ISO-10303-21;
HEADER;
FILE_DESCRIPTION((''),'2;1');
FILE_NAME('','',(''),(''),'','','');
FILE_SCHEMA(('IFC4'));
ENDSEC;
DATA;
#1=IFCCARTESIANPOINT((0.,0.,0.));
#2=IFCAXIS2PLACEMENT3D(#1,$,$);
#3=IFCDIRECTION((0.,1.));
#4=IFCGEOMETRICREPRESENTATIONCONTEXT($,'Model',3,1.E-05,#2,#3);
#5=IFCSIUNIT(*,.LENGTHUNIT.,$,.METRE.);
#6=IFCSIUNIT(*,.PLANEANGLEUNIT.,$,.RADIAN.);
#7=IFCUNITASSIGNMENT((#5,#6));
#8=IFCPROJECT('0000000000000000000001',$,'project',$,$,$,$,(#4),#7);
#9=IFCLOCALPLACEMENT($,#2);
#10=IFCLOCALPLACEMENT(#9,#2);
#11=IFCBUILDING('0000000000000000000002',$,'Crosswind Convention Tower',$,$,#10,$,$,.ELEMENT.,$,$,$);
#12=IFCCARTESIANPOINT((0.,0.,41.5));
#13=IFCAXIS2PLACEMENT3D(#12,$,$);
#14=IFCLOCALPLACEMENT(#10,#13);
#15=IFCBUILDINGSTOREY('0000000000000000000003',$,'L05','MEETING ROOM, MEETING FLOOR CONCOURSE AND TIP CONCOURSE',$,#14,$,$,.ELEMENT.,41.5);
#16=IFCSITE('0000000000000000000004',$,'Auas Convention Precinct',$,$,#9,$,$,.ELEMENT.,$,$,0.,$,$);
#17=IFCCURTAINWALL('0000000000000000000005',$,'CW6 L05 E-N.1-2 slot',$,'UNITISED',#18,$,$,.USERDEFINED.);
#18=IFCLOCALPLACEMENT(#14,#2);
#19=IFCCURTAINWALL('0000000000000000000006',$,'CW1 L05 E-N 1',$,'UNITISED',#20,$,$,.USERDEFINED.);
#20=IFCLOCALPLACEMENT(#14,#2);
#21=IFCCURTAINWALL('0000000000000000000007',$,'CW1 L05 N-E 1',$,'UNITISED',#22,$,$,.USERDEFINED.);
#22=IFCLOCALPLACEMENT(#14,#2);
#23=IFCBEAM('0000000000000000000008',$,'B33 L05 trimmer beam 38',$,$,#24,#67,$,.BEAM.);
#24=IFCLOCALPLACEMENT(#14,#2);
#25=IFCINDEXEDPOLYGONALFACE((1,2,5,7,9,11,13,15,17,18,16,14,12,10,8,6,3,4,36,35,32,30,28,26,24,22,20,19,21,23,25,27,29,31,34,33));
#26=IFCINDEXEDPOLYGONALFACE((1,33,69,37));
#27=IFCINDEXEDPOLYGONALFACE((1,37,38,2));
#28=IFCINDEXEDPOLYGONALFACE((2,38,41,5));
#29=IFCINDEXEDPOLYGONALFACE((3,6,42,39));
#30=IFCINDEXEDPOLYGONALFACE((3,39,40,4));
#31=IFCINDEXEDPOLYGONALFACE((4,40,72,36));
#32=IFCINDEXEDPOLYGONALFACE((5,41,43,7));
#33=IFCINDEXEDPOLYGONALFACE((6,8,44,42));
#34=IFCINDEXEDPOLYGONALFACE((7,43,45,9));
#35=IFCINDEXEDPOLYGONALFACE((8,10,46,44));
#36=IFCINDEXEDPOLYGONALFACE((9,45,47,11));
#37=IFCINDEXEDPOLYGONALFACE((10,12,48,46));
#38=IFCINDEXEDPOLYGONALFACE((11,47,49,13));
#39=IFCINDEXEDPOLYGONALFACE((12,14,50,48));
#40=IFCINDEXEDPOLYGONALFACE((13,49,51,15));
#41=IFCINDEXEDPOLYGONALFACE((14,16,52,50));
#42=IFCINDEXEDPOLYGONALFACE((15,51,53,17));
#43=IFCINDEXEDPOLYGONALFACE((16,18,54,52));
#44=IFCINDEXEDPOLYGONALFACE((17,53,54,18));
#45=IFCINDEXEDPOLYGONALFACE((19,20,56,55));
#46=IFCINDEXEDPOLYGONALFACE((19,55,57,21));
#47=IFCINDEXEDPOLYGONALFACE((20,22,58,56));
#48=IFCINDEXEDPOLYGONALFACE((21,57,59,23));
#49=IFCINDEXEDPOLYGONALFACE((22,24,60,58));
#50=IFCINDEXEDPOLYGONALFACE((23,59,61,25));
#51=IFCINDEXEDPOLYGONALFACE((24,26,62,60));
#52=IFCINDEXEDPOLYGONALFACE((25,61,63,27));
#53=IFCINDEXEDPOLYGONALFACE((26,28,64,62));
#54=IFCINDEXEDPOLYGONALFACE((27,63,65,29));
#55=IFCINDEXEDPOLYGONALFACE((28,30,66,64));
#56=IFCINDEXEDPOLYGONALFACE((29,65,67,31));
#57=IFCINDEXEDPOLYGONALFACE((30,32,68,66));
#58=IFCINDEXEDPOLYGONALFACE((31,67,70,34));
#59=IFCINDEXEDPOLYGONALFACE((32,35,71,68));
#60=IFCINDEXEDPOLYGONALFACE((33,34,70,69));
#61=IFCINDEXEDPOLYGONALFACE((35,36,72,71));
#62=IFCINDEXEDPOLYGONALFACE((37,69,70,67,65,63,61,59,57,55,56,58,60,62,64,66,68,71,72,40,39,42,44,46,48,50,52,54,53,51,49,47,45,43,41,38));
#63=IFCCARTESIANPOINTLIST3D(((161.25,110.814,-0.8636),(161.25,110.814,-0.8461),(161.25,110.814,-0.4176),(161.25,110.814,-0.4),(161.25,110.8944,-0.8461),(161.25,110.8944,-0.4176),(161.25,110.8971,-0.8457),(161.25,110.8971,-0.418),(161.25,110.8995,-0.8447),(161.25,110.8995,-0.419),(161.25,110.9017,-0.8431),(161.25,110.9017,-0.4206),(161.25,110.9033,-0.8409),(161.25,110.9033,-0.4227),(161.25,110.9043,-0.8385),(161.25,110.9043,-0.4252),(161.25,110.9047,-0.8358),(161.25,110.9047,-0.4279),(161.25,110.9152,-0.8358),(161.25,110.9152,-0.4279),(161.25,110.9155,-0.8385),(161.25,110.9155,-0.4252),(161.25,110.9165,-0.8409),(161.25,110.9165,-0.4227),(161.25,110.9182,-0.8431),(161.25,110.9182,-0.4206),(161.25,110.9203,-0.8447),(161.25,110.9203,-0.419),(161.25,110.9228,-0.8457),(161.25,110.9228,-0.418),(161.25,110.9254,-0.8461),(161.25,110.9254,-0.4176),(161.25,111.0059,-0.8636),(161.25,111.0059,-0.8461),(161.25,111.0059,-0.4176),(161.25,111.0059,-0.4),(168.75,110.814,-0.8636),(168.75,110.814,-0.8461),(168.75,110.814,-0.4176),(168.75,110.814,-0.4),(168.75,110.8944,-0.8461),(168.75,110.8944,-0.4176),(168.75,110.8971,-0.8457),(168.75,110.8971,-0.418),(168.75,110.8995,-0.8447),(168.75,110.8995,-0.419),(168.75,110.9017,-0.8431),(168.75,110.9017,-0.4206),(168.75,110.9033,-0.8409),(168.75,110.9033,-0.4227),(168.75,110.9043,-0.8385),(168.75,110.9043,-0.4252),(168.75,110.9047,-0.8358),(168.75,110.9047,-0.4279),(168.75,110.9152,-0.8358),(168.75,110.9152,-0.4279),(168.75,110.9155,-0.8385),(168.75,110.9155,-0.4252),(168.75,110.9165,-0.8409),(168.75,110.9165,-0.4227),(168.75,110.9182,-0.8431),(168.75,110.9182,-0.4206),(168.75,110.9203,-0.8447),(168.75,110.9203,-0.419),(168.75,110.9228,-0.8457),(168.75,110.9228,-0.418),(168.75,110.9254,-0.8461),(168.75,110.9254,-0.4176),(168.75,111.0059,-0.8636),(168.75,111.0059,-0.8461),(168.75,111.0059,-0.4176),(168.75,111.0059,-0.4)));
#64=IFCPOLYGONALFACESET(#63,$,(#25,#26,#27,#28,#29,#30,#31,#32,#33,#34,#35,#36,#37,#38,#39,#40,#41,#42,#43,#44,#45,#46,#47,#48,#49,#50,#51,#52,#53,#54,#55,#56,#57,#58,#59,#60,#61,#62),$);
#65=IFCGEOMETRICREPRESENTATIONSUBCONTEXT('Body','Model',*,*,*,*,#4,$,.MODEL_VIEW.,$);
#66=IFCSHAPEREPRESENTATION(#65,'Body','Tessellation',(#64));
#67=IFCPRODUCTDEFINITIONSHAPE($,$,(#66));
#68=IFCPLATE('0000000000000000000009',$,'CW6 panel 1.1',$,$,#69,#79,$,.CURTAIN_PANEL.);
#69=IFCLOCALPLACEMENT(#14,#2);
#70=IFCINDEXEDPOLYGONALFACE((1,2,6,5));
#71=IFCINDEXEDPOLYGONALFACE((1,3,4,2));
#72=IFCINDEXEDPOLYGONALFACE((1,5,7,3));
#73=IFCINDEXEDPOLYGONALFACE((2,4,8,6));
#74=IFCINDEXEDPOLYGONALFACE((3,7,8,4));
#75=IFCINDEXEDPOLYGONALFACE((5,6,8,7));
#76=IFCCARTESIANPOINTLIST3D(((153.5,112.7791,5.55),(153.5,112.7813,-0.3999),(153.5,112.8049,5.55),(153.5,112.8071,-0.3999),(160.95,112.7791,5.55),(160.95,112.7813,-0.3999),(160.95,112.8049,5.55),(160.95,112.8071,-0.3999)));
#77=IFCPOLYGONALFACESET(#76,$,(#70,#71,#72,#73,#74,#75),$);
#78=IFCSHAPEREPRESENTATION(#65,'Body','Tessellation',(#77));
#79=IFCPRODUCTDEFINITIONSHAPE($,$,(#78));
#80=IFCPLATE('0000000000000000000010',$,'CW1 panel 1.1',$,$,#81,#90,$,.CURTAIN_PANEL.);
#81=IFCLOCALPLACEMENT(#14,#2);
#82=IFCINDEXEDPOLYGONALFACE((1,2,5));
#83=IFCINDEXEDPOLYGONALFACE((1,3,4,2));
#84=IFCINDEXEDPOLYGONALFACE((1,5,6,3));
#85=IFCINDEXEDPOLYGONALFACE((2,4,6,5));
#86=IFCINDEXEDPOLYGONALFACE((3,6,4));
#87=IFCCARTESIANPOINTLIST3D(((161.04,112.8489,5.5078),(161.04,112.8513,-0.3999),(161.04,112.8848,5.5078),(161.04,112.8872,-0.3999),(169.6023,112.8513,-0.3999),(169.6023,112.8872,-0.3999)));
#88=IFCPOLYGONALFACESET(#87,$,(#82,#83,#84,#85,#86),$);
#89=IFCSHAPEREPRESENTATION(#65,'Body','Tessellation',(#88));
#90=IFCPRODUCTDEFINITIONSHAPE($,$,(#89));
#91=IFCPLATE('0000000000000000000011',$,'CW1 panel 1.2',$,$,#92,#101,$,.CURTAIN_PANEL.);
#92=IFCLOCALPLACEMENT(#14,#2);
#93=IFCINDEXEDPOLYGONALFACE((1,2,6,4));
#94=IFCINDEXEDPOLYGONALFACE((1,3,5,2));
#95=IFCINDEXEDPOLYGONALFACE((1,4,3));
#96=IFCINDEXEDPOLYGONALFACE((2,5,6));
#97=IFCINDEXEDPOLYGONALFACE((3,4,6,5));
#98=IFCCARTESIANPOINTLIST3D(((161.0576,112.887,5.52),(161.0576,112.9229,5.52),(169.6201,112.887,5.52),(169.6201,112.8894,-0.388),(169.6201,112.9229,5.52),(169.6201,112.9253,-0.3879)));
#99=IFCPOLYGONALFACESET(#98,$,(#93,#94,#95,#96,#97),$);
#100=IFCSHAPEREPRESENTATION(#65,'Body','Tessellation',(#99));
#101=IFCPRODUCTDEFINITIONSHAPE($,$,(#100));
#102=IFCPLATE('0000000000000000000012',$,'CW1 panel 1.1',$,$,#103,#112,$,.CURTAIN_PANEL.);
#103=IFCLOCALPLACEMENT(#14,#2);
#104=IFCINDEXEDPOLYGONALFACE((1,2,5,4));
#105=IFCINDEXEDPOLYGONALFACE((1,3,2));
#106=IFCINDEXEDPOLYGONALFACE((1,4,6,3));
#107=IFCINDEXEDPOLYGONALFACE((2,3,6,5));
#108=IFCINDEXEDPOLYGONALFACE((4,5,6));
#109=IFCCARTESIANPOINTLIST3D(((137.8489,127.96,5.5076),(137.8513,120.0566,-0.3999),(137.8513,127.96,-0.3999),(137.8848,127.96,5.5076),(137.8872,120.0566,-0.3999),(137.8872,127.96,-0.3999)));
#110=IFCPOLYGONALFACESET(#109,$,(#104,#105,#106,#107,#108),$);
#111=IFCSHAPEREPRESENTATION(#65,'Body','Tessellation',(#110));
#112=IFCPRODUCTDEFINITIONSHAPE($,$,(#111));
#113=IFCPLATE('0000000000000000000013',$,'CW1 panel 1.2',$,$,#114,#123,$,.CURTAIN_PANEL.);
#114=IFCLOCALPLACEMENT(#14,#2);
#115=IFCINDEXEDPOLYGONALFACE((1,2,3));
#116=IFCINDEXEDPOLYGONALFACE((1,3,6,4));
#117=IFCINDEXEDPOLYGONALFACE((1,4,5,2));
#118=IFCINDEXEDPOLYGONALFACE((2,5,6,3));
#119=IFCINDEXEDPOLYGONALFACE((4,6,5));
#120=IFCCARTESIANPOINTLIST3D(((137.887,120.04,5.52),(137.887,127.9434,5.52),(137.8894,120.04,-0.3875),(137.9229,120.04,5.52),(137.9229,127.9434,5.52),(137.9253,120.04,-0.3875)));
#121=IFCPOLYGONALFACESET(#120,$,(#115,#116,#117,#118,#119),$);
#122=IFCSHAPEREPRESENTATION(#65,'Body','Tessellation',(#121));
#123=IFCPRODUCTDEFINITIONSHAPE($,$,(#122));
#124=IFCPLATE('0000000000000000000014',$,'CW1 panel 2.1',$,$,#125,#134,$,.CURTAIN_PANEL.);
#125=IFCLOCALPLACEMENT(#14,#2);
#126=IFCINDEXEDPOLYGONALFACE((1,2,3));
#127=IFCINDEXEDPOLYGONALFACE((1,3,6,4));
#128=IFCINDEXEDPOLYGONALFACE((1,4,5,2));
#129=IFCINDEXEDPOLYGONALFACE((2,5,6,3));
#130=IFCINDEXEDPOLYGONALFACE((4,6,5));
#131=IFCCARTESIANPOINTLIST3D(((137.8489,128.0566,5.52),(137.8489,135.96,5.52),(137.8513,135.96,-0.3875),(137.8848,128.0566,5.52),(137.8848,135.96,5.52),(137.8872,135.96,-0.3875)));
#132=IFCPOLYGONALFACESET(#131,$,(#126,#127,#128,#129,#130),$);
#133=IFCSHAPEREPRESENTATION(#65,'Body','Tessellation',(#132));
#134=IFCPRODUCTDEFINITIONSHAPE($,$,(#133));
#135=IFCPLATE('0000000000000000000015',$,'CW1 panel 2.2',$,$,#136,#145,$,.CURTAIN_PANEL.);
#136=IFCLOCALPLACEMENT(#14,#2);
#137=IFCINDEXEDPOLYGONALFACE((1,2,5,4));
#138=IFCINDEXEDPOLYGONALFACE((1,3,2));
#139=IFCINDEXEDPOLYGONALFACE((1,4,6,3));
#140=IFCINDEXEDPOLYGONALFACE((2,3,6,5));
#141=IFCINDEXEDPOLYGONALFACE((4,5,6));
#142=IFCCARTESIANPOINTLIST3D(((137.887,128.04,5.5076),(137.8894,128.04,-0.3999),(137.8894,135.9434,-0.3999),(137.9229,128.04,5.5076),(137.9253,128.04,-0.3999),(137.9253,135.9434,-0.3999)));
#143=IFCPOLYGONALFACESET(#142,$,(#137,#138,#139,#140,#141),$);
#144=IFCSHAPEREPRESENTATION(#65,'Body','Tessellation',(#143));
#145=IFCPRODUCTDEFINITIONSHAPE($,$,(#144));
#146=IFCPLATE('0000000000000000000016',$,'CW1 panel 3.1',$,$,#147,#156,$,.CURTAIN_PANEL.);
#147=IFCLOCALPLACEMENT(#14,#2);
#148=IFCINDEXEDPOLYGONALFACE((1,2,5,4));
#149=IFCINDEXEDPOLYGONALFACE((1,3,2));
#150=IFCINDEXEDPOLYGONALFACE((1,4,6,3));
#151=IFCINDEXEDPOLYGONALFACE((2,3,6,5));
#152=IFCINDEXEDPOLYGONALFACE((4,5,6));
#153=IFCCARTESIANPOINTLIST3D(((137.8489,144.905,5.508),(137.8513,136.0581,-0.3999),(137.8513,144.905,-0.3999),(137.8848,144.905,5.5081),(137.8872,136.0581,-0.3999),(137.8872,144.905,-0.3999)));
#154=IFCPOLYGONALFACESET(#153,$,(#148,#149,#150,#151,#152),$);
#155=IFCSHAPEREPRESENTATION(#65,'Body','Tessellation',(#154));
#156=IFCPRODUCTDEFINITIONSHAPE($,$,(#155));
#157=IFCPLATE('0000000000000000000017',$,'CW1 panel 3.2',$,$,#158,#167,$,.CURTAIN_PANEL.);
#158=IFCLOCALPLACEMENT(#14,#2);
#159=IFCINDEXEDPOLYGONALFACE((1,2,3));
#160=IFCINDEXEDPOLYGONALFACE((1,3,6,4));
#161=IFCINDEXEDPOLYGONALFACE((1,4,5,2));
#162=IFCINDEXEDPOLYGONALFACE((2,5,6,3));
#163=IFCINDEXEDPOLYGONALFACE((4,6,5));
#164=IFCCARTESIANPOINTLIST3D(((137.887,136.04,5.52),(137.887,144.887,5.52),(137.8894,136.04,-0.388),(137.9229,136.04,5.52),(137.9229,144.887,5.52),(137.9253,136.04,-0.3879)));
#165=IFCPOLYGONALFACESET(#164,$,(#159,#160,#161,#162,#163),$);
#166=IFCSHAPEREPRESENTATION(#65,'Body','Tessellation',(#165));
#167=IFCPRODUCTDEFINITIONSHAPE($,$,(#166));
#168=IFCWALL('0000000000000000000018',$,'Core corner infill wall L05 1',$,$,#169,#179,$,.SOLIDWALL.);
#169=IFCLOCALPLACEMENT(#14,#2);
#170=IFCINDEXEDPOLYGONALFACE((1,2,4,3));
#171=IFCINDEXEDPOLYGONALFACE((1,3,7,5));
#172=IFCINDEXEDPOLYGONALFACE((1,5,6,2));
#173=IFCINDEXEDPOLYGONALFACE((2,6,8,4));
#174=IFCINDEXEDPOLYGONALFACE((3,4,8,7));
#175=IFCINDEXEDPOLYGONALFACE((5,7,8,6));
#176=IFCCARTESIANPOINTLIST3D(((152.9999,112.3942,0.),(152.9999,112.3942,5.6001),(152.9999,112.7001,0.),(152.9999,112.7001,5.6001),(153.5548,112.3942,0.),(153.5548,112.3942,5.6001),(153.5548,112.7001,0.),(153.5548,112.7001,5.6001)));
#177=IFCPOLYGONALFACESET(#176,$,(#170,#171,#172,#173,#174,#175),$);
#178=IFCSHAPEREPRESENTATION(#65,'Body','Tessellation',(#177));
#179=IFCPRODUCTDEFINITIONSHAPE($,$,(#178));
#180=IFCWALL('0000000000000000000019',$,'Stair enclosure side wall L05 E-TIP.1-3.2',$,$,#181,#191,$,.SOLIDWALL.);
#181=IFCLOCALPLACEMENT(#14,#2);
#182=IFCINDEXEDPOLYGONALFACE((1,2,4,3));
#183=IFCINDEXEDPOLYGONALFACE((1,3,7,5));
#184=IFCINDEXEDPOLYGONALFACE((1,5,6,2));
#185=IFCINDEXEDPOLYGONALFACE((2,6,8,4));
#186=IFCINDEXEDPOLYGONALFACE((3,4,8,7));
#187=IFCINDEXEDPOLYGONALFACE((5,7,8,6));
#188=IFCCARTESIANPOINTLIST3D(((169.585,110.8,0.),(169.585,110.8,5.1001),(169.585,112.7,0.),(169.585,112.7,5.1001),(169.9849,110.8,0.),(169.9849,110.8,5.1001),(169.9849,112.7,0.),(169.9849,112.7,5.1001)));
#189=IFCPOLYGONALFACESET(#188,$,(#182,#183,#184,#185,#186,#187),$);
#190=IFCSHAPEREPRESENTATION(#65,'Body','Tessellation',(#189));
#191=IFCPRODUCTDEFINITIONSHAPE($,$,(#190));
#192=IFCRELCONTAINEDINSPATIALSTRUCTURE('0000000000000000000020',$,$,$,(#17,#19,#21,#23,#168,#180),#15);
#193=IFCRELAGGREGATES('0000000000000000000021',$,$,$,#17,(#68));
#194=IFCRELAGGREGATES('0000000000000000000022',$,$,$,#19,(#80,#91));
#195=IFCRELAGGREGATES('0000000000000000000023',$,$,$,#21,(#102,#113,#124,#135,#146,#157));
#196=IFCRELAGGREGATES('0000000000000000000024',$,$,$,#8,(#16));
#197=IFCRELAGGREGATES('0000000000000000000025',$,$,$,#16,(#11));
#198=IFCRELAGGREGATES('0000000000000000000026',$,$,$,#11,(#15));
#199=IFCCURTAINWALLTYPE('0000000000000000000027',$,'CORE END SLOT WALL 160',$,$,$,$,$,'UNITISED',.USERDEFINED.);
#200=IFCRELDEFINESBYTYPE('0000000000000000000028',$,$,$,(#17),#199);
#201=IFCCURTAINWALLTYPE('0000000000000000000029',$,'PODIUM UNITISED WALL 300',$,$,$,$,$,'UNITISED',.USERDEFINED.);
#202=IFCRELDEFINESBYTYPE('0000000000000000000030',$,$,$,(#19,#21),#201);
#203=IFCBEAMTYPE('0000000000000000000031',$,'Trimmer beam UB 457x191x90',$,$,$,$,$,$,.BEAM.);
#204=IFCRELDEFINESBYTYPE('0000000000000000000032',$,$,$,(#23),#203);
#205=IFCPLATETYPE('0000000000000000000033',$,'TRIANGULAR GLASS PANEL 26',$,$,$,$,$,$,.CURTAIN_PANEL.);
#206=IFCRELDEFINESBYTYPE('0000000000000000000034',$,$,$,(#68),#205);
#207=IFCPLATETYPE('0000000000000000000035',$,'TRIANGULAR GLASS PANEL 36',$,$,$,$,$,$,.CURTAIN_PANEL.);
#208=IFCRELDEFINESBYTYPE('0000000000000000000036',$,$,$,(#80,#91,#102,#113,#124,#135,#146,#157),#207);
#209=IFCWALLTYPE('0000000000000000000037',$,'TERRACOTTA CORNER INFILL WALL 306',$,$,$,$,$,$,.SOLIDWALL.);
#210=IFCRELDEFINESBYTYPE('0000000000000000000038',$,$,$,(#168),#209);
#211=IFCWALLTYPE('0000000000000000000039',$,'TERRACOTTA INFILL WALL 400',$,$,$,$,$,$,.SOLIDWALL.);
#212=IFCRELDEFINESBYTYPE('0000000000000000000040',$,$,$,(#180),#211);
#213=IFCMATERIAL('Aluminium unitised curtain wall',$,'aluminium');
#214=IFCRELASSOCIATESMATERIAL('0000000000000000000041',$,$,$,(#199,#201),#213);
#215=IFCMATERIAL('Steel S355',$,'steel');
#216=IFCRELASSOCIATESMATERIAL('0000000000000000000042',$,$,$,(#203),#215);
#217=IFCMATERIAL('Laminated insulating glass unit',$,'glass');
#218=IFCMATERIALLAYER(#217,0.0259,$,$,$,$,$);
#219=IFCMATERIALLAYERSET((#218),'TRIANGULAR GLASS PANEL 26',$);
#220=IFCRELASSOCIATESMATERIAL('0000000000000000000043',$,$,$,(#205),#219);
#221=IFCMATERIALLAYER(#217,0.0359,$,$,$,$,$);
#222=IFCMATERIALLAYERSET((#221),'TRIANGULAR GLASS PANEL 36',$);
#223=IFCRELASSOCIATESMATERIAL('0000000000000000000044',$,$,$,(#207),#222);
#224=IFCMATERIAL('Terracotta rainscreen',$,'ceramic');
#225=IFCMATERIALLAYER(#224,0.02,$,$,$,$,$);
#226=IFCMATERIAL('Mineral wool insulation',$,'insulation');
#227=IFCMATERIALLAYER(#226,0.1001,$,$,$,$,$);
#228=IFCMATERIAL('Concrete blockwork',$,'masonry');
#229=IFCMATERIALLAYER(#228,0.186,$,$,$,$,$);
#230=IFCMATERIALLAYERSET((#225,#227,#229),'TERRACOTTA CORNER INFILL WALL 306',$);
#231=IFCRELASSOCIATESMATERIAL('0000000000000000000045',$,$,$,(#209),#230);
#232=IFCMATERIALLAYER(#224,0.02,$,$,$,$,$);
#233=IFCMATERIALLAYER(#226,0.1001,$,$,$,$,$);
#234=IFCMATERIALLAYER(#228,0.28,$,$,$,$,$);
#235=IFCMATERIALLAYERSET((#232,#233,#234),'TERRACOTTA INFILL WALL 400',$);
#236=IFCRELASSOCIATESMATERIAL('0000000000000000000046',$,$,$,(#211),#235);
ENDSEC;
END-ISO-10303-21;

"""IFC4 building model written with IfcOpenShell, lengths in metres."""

from ifc_helpers import new_model, si_unit, direction, frame, frame_2d, origin, origin_2d, place, context, subcontext, project, spatial, polyline, rectangle, i_section, outline, extrude, material, layer, layer_set, material_profile, profile_set, type_object, element, aggregate, save


model = new_model("IFC4")

# Units and contexts
model_context = context("Model", 3, precision=1e-05, world=origin(), true_north=direction((0.0, 1.0)))
body_context = subcontext(model_context, "Body", "Model", "MODEL_VIEW")
ifc_project = project(units=[si_unit("LENGTHUNIT", "METRE"), si_unit("PLANEANGLEUNIT", "RADIAN")], contexts=[model_context])

# Site, building, storey
site_placement = place(None, origin())
site = spatial("IfcSite", under=ifc_project, at=site_placement, Name="Auas Convention Precinct", CompositionType="ELEMENT", RefElevation=0.0)
building_placement = place(site_placement, origin())
building = spatial("IfcBuilding", under=site, at=building_placement, Name="Crosswind Convention Tower", CompositionType="ELEMENT")
storey_placement = place(building_placement, frame((0.0, 0.0, 41.5)))
storey = spatial("IfcBuildingStorey", under=building, at=storey_placement, Name="L05", Description="MEETING ROOM, MEETING FLOOR CONCOURSE AND TIP CONCOURSE", CompositionType="ELEMENT", Elevation=41.5)

# Shared definitions
ifc_material_1 = material(Name="Steel S355", Category="steel")

# Curtain walls
ifc_material_2 = material(Name="Aluminium unitised curtain wall", Category="aluminium")
curtain_wall_type_1 = type_object("IfcCurtainWallType", Name="CORE END SLOT WALL 160", ElementType="UNITISED", PredefinedType="USERDEFINED", material=ifc_material_2)
curtain_wall_1_placement = place(storey_placement, origin())
curtain_wall_1 = element("IfcCurtainWall", 1, at=curtain_wall_1_placement, inside=storey, type_object=curtain_wall_type_1, Name="CW6 L05 E-N.1-2 slot", ObjectType="UNITISED", PredefinedType="USERDEFINED")
curtain_wall_type_2 = type_object("IfcCurtainWallType", Name="PODIUM UNITISED WALL 300", ElementType="UNITISED", PredefinedType="USERDEFINED", material=ifc_material_2)
curtain_wall_2_placement = place(storey_placement, origin())
curtain_wall_2 = element("IfcCurtainWall", 2, at=curtain_wall_2_placement, inside=storey, type_object=curtain_wall_type_2, Name="CW1 L05 E-N 1", ObjectType="UNITISED", PredefinedType="USERDEFINED")
curtain_wall_3_placement = place(storey_placement, origin())
curtain_wall_3 = element("IfcCurtainWall", 3, at=curtain_wall_3_placement, inside=storey, type_object=curtain_wall_type_2, Name="CW1 L05 N-E 1", ObjectType="UNITISED", PredefinedType="USERDEFINED")

# Beam
ifc_material_profile_1 = material_profile(ifc_material_1, i_section(OverallWidth=0.1919, OverallDepth=0.4636, WebThickness=0.0105, FlangeThickness=0.0176, FilletRadius=0.0103, at=origin_2d()), Name="UB 457x191x90")
ifc_profile_set_1 = profile_set([ifc_material_profile_1], Name="Steel S355")
beam_type_1 = type_object("IfcBeamType", Name="Trimmer beam UB 457x191x90", PredefinedType="BEAM", material=ifc_profile_set_1)
beam_1_placement = place(storey_placement, frame((161.25, 110.9099, -0.6318), z_axis=(1.0, 0.0, 0.0), x_axis=(0.0, 1.0, 0.0)))
element("IfcBeam", 4, at=beam_1_placement, inside=storey, type_object=beam_type_1, Name="B33 L05 trimmer beam 38", PredefinedType="BEAM", context=body_context, shape_type="SweptSolid", body=[
    extrude(i_section(OverallWidth=0.1919, OverallDepth=0.4636, WebThickness=0.0105, FlangeThickness=0.0176, FilletRadius=0.0103, at=origin_2d()), origin(), (0.0, 0.0, 1.0), 7.5),
])

# Plates
ifc_material_3 = material(Name="Laminated insulating glass unit", Category="glass")
ifc_layer_1 = layer(ifc_material_3, 0.0259)
ifc_layer_set_1 = layer_set([ifc_layer_1], Name="TRIANGULAR GLASS PANEL 26")
plate_type_1 = type_object("IfcPlateType", Name="TRIANGULAR GLASS PANEL 26", PredefinedType="CURTAIN_PANEL", material=ifc_layer_set_1)
plate_1_placement = place(storey_placement, frame((160.95, 112.8071, -0.3999), z_axis=(0.0, 1.0, 0.000369), x_axis=(-1.0, 0.0, 0.0)))
plate_1 = element("IfcPlate", 5, at=plate_1_placement, type_object=plate_type_1, Name="CW6 panel 1.1", PredefinedType="CURTAIN_PANEL", context=body_context, shape_type="SweptSolid", body=[
    extrude(outline(polyline([(0.0, 0.0), (7.45, 0.0), (7.45, 5.95), (0.0, 5.95), (0.0, 0.0)])), origin(), (0.0, 0.0, -1.0), 0.0259),
])
aggregate(curtain_wall_1, [plate_1])
ifc_layer_2 = layer(ifc_material_3, 0.0359)
ifc_layer_set_2 = layer_set([ifc_layer_2], Name="TRIANGULAR GLASS PANEL 36")
plate_type_2 = type_object("IfcPlateType", Name="TRIANGULAR GLASS PANEL 36", PredefinedType="CURTAIN_PANEL", material=ifc_layer_set_2)
plate_2_placement = place(storey_placement, frame((161.04, 112.8872, -0.3999), z_axis=(0.0, 1.0, 0.000413), x_axis=(0.0, -0.000413, 1.0)))
plate_2 = element("IfcPlate", 6, at=plate_2_placement, type_object=plate_type_2, Name="CW1 panel 1.1", PredefinedType="CURTAIN_PANEL", context=body_context, shape_type="SweptSolid", body=[
    extrude(outline(polyline([(0.0, 0.0), (5.9077, 0.0), (0.0, 8.5623), (0.0, 0.0)])), origin(), (0.0, 0.0, -1.0), 0.0359),
])
plate_3_placement = place(storey_placement, frame((169.6201, 112.9229, 5.52), z_axis=(0.0, 1.0, 0.000413), x_axis=(0.0, 0.000413, -1.0)))
plate_3 = element("IfcPlate", 7, at=plate_3_placement, type_object=plate_type_2, Name="CW1 panel 1.2", PredefinedType="CURTAIN_PANEL", context=body_context, shape_type="SweptSolid", body=[
    extrude(outline(polyline([(0.0, 0.0), (5.908, 0.0), (0.0, 8.5625), (0.0, 0.0)])), origin(), (0.0, 0.0, -1.0), 0.0359),
])
plate_4_placement = place(storey_placement, frame((137.8872, 127.96, -0.3999), z_axis=(1.0, 0.0, 0.000413), x_axis=(-0.000413, 0.0, 1.0)))
plate_4 = element("IfcPlate", 8, at=plate_4_placement, type_object=plate_type_2, Name="CW1 panel 1.1", PredefinedType="CURTAIN_PANEL", context=body_context, shape_type="SweptSolid", body=[
    extrude(outline(polyline([(0.0, 0.0), (5.9075, 0.0), (0.0, 7.9033), (0.0, 0.0)])), origin(), (0.0, 0.0, -1.0), 0.0359),
])
plate_5_placement = place(storey_placement, frame((137.9229, 120.04, 5.52), z_axis=(1.0, 0.0, 0.000413), x_axis=(0.000413, 0.0, -1.0)))
plate_5 = element("IfcPlate", 9, at=plate_5_placement, type_object=plate_type_2, Name="CW1 panel 1.2", PredefinedType="CURTAIN_PANEL", context=body_context, shape_type="SweptSolid", body=[
    extrude(outline(polyline([(0.0, 0.0), (5.9075, 0.0), (0.0, 7.9033), (0.0, 0.0)])), origin(), (0.0, 0.0, -1.0), 0.0359),
])
plate_6_placement = place(storey_placement, frame((137.8848, 135.96, 5.52), z_axis=(1.0, 0.0, 0.000413), x_axis=(0.0, -1.0, 0.0)))
plate_6 = element("IfcPlate", 10, at=plate_6_placement, type_object=plate_type_2, Name="CW1 panel 2.1", PredefinedType="CURTAIN_PANEL", context=body_context, shape_type="SweptSolid", body=[
    extrude(outline(polyline([(0.0, 0.0), (7.9033, 0.0), (0.0, 5.9075), (0.0, 0.0)])), origin(), (0.0, 0.0, -1.0), 0.0359),
])
plate_7_placement = place(storey_placement, frame((137.9253, 128.04, -0.3999), z_axis=(1.0, 0.0, 0.000413), x_axis=(0.0, 1.0, 0.0)))
plate_7 = element("IfcPlate", 11, at=plate_7_placement, type_object=plate_type_2, Name="CW1 panel 2.2", PredefinedType="CURTAIN_PANEL", context=body_context, shape_type="SweptSolid", body=[
    extrude(outline(polyline([(0.0, 0.0), (7.9033, 0.0), (0.0, 5.9075), (0.0, 0.0)])), origin(), (0.0, 0.0, -1.0), 0.0359),
])
plate_8_placement = place(storey_placement, frame((137.8872, 144.905, -0.3999), z_axis=(1.0, 0.0, 0.000413), x_axis=(-0.000413, 0.0, 1.0)))
plate_8 = element("IfcPlate", 12, at=plate_8_placement, type_object=plate_type_2, Name="CW1 panel 3.1", PredefinedType="CURTAIN_PANEL", context=body_context, shape_type="SweptSolid", body=[
    extrude(outline(polyline([(0.0, 0.0), (5.908, 0.0), (0.0, 8.8469), (0.0, 0.0)])), origin(), (0.0, 0.0, -1.0), 0.0359),
])
plate_9_placement = place(storey_placement, frame((137.9229, 136.04, 5.52), z_axis=(1.0, 0.0, 0.000413), x_axis=(0.000413, 0.0, -1.0)))
plate_9 = element("IfcPlate", 13, at=plate_9_placement, type_object=plate_type_2, Name="CW1 panel 3.2", PredefinedType="CURTAIN_PANEL", context=body_context, shape_type="SweptSolid", body=[
    extrude(outline(polyline([(0.0, 0.0), (5.908, 0.0), (0.0, 8.8469), (0.0, 0.0)])), origin(), (0.0, 0.0, -1.0), 0.0359),
])

# Walls
ifc_material_4 = material(Name="Terracotta rainscreen", Category="ceramic")
ifc_layer_3 = layer(ifc_material_4, 0.02)
ifc_material_5 = material(Name="Mineral wool insulation", Category="insulation")
ifc_layer_4 = layer(ifc_material_5, 0.1001)
ifc_material_6 = material(Name="Concrete blockwork", Category="masonry")
ifc_layer_5 = layer(ifc_material_6, 0.186)
ifc_layer_set_3 = layer_set([ifc_layer_3, ifc_layer_4, ifc_layer_5], Name="TERRACOTTA CORNER INFILL WALL 306")
wall_type_1 = type_object("IfcWallType", Name="TERRACOTTA CORNER INFILL WALL 306", PredefinedType="SOLIDWALL", material=ifc_layer_set_3)
wall_1_placement = place(storey_placement, frame((153.0, 112.5471, 0.0), z_axis=(0.0, 0.0, 1.0), x_axis=(1.0, 0.0, 0.0)))
element("IfcWall", 14, at=wall_1_placement, inside=storey, type_object=wall_type_1, Name="Core corner infill wall L05 1", PredefinedType="SOLIDWALL", context=body_context, shape_type="SweptSolid", body=[
    extrude(rectangle(XDim=0.5549, YDim=0.3059, at=frame_2d((0.2773, 0.0))), origin(), (0.0, 0.0, 1.0), 5.6001),
])
ifc_layer_6 = layer(ifc_material_4, 0.02)
ifc_layer_7 = layer(ifc_material_5, 0.1001)
ifc_layer_8 = layer(ifc_material_6, 0.28)
ifc_layer_set_4 = layer_set([ifc_layer_6, ifc_layer_7, ifc_layer_8], Name="TERRACOTTA INFILL WALL 400")
wall_type_2 = type_object("IfcWallType", Name="TERRACOTTA INFILL WALL 400", PredefinedType="SOLIDWALL", material=ifc_layer_set_4)
wall_2_placement = place(storey_placement, frame((169.7849, 110.8, 0.0), z_axis=(0.0, 0.0, 1.0), x_axis=(0.0, 1.0, 0.0)))
element("IfcWall", 15, at=wall_2_placement, inside=storey, type_object=wall_type_2, Name="Stair enclosure side wall L05 E-TIP.1-3.2", PredefinedType="SOLIDWALL", context=body_context, shape_type="SweptSolid", body=[
    extrude(rectangle(XDim=1.8999, YDim=0.3999, at=frame_2d((0.95, 0.0))), origin(), (0.0, 0.0, 1.0), 5.1001),
])

aggregate(curtain_wall_2, [plate_2, plate_3])
aggregate(curtain_wall_3, [plate_4, plate_5, plate_6, plate_7, plate_8, plate_9])

save(model, "model.ifc")
